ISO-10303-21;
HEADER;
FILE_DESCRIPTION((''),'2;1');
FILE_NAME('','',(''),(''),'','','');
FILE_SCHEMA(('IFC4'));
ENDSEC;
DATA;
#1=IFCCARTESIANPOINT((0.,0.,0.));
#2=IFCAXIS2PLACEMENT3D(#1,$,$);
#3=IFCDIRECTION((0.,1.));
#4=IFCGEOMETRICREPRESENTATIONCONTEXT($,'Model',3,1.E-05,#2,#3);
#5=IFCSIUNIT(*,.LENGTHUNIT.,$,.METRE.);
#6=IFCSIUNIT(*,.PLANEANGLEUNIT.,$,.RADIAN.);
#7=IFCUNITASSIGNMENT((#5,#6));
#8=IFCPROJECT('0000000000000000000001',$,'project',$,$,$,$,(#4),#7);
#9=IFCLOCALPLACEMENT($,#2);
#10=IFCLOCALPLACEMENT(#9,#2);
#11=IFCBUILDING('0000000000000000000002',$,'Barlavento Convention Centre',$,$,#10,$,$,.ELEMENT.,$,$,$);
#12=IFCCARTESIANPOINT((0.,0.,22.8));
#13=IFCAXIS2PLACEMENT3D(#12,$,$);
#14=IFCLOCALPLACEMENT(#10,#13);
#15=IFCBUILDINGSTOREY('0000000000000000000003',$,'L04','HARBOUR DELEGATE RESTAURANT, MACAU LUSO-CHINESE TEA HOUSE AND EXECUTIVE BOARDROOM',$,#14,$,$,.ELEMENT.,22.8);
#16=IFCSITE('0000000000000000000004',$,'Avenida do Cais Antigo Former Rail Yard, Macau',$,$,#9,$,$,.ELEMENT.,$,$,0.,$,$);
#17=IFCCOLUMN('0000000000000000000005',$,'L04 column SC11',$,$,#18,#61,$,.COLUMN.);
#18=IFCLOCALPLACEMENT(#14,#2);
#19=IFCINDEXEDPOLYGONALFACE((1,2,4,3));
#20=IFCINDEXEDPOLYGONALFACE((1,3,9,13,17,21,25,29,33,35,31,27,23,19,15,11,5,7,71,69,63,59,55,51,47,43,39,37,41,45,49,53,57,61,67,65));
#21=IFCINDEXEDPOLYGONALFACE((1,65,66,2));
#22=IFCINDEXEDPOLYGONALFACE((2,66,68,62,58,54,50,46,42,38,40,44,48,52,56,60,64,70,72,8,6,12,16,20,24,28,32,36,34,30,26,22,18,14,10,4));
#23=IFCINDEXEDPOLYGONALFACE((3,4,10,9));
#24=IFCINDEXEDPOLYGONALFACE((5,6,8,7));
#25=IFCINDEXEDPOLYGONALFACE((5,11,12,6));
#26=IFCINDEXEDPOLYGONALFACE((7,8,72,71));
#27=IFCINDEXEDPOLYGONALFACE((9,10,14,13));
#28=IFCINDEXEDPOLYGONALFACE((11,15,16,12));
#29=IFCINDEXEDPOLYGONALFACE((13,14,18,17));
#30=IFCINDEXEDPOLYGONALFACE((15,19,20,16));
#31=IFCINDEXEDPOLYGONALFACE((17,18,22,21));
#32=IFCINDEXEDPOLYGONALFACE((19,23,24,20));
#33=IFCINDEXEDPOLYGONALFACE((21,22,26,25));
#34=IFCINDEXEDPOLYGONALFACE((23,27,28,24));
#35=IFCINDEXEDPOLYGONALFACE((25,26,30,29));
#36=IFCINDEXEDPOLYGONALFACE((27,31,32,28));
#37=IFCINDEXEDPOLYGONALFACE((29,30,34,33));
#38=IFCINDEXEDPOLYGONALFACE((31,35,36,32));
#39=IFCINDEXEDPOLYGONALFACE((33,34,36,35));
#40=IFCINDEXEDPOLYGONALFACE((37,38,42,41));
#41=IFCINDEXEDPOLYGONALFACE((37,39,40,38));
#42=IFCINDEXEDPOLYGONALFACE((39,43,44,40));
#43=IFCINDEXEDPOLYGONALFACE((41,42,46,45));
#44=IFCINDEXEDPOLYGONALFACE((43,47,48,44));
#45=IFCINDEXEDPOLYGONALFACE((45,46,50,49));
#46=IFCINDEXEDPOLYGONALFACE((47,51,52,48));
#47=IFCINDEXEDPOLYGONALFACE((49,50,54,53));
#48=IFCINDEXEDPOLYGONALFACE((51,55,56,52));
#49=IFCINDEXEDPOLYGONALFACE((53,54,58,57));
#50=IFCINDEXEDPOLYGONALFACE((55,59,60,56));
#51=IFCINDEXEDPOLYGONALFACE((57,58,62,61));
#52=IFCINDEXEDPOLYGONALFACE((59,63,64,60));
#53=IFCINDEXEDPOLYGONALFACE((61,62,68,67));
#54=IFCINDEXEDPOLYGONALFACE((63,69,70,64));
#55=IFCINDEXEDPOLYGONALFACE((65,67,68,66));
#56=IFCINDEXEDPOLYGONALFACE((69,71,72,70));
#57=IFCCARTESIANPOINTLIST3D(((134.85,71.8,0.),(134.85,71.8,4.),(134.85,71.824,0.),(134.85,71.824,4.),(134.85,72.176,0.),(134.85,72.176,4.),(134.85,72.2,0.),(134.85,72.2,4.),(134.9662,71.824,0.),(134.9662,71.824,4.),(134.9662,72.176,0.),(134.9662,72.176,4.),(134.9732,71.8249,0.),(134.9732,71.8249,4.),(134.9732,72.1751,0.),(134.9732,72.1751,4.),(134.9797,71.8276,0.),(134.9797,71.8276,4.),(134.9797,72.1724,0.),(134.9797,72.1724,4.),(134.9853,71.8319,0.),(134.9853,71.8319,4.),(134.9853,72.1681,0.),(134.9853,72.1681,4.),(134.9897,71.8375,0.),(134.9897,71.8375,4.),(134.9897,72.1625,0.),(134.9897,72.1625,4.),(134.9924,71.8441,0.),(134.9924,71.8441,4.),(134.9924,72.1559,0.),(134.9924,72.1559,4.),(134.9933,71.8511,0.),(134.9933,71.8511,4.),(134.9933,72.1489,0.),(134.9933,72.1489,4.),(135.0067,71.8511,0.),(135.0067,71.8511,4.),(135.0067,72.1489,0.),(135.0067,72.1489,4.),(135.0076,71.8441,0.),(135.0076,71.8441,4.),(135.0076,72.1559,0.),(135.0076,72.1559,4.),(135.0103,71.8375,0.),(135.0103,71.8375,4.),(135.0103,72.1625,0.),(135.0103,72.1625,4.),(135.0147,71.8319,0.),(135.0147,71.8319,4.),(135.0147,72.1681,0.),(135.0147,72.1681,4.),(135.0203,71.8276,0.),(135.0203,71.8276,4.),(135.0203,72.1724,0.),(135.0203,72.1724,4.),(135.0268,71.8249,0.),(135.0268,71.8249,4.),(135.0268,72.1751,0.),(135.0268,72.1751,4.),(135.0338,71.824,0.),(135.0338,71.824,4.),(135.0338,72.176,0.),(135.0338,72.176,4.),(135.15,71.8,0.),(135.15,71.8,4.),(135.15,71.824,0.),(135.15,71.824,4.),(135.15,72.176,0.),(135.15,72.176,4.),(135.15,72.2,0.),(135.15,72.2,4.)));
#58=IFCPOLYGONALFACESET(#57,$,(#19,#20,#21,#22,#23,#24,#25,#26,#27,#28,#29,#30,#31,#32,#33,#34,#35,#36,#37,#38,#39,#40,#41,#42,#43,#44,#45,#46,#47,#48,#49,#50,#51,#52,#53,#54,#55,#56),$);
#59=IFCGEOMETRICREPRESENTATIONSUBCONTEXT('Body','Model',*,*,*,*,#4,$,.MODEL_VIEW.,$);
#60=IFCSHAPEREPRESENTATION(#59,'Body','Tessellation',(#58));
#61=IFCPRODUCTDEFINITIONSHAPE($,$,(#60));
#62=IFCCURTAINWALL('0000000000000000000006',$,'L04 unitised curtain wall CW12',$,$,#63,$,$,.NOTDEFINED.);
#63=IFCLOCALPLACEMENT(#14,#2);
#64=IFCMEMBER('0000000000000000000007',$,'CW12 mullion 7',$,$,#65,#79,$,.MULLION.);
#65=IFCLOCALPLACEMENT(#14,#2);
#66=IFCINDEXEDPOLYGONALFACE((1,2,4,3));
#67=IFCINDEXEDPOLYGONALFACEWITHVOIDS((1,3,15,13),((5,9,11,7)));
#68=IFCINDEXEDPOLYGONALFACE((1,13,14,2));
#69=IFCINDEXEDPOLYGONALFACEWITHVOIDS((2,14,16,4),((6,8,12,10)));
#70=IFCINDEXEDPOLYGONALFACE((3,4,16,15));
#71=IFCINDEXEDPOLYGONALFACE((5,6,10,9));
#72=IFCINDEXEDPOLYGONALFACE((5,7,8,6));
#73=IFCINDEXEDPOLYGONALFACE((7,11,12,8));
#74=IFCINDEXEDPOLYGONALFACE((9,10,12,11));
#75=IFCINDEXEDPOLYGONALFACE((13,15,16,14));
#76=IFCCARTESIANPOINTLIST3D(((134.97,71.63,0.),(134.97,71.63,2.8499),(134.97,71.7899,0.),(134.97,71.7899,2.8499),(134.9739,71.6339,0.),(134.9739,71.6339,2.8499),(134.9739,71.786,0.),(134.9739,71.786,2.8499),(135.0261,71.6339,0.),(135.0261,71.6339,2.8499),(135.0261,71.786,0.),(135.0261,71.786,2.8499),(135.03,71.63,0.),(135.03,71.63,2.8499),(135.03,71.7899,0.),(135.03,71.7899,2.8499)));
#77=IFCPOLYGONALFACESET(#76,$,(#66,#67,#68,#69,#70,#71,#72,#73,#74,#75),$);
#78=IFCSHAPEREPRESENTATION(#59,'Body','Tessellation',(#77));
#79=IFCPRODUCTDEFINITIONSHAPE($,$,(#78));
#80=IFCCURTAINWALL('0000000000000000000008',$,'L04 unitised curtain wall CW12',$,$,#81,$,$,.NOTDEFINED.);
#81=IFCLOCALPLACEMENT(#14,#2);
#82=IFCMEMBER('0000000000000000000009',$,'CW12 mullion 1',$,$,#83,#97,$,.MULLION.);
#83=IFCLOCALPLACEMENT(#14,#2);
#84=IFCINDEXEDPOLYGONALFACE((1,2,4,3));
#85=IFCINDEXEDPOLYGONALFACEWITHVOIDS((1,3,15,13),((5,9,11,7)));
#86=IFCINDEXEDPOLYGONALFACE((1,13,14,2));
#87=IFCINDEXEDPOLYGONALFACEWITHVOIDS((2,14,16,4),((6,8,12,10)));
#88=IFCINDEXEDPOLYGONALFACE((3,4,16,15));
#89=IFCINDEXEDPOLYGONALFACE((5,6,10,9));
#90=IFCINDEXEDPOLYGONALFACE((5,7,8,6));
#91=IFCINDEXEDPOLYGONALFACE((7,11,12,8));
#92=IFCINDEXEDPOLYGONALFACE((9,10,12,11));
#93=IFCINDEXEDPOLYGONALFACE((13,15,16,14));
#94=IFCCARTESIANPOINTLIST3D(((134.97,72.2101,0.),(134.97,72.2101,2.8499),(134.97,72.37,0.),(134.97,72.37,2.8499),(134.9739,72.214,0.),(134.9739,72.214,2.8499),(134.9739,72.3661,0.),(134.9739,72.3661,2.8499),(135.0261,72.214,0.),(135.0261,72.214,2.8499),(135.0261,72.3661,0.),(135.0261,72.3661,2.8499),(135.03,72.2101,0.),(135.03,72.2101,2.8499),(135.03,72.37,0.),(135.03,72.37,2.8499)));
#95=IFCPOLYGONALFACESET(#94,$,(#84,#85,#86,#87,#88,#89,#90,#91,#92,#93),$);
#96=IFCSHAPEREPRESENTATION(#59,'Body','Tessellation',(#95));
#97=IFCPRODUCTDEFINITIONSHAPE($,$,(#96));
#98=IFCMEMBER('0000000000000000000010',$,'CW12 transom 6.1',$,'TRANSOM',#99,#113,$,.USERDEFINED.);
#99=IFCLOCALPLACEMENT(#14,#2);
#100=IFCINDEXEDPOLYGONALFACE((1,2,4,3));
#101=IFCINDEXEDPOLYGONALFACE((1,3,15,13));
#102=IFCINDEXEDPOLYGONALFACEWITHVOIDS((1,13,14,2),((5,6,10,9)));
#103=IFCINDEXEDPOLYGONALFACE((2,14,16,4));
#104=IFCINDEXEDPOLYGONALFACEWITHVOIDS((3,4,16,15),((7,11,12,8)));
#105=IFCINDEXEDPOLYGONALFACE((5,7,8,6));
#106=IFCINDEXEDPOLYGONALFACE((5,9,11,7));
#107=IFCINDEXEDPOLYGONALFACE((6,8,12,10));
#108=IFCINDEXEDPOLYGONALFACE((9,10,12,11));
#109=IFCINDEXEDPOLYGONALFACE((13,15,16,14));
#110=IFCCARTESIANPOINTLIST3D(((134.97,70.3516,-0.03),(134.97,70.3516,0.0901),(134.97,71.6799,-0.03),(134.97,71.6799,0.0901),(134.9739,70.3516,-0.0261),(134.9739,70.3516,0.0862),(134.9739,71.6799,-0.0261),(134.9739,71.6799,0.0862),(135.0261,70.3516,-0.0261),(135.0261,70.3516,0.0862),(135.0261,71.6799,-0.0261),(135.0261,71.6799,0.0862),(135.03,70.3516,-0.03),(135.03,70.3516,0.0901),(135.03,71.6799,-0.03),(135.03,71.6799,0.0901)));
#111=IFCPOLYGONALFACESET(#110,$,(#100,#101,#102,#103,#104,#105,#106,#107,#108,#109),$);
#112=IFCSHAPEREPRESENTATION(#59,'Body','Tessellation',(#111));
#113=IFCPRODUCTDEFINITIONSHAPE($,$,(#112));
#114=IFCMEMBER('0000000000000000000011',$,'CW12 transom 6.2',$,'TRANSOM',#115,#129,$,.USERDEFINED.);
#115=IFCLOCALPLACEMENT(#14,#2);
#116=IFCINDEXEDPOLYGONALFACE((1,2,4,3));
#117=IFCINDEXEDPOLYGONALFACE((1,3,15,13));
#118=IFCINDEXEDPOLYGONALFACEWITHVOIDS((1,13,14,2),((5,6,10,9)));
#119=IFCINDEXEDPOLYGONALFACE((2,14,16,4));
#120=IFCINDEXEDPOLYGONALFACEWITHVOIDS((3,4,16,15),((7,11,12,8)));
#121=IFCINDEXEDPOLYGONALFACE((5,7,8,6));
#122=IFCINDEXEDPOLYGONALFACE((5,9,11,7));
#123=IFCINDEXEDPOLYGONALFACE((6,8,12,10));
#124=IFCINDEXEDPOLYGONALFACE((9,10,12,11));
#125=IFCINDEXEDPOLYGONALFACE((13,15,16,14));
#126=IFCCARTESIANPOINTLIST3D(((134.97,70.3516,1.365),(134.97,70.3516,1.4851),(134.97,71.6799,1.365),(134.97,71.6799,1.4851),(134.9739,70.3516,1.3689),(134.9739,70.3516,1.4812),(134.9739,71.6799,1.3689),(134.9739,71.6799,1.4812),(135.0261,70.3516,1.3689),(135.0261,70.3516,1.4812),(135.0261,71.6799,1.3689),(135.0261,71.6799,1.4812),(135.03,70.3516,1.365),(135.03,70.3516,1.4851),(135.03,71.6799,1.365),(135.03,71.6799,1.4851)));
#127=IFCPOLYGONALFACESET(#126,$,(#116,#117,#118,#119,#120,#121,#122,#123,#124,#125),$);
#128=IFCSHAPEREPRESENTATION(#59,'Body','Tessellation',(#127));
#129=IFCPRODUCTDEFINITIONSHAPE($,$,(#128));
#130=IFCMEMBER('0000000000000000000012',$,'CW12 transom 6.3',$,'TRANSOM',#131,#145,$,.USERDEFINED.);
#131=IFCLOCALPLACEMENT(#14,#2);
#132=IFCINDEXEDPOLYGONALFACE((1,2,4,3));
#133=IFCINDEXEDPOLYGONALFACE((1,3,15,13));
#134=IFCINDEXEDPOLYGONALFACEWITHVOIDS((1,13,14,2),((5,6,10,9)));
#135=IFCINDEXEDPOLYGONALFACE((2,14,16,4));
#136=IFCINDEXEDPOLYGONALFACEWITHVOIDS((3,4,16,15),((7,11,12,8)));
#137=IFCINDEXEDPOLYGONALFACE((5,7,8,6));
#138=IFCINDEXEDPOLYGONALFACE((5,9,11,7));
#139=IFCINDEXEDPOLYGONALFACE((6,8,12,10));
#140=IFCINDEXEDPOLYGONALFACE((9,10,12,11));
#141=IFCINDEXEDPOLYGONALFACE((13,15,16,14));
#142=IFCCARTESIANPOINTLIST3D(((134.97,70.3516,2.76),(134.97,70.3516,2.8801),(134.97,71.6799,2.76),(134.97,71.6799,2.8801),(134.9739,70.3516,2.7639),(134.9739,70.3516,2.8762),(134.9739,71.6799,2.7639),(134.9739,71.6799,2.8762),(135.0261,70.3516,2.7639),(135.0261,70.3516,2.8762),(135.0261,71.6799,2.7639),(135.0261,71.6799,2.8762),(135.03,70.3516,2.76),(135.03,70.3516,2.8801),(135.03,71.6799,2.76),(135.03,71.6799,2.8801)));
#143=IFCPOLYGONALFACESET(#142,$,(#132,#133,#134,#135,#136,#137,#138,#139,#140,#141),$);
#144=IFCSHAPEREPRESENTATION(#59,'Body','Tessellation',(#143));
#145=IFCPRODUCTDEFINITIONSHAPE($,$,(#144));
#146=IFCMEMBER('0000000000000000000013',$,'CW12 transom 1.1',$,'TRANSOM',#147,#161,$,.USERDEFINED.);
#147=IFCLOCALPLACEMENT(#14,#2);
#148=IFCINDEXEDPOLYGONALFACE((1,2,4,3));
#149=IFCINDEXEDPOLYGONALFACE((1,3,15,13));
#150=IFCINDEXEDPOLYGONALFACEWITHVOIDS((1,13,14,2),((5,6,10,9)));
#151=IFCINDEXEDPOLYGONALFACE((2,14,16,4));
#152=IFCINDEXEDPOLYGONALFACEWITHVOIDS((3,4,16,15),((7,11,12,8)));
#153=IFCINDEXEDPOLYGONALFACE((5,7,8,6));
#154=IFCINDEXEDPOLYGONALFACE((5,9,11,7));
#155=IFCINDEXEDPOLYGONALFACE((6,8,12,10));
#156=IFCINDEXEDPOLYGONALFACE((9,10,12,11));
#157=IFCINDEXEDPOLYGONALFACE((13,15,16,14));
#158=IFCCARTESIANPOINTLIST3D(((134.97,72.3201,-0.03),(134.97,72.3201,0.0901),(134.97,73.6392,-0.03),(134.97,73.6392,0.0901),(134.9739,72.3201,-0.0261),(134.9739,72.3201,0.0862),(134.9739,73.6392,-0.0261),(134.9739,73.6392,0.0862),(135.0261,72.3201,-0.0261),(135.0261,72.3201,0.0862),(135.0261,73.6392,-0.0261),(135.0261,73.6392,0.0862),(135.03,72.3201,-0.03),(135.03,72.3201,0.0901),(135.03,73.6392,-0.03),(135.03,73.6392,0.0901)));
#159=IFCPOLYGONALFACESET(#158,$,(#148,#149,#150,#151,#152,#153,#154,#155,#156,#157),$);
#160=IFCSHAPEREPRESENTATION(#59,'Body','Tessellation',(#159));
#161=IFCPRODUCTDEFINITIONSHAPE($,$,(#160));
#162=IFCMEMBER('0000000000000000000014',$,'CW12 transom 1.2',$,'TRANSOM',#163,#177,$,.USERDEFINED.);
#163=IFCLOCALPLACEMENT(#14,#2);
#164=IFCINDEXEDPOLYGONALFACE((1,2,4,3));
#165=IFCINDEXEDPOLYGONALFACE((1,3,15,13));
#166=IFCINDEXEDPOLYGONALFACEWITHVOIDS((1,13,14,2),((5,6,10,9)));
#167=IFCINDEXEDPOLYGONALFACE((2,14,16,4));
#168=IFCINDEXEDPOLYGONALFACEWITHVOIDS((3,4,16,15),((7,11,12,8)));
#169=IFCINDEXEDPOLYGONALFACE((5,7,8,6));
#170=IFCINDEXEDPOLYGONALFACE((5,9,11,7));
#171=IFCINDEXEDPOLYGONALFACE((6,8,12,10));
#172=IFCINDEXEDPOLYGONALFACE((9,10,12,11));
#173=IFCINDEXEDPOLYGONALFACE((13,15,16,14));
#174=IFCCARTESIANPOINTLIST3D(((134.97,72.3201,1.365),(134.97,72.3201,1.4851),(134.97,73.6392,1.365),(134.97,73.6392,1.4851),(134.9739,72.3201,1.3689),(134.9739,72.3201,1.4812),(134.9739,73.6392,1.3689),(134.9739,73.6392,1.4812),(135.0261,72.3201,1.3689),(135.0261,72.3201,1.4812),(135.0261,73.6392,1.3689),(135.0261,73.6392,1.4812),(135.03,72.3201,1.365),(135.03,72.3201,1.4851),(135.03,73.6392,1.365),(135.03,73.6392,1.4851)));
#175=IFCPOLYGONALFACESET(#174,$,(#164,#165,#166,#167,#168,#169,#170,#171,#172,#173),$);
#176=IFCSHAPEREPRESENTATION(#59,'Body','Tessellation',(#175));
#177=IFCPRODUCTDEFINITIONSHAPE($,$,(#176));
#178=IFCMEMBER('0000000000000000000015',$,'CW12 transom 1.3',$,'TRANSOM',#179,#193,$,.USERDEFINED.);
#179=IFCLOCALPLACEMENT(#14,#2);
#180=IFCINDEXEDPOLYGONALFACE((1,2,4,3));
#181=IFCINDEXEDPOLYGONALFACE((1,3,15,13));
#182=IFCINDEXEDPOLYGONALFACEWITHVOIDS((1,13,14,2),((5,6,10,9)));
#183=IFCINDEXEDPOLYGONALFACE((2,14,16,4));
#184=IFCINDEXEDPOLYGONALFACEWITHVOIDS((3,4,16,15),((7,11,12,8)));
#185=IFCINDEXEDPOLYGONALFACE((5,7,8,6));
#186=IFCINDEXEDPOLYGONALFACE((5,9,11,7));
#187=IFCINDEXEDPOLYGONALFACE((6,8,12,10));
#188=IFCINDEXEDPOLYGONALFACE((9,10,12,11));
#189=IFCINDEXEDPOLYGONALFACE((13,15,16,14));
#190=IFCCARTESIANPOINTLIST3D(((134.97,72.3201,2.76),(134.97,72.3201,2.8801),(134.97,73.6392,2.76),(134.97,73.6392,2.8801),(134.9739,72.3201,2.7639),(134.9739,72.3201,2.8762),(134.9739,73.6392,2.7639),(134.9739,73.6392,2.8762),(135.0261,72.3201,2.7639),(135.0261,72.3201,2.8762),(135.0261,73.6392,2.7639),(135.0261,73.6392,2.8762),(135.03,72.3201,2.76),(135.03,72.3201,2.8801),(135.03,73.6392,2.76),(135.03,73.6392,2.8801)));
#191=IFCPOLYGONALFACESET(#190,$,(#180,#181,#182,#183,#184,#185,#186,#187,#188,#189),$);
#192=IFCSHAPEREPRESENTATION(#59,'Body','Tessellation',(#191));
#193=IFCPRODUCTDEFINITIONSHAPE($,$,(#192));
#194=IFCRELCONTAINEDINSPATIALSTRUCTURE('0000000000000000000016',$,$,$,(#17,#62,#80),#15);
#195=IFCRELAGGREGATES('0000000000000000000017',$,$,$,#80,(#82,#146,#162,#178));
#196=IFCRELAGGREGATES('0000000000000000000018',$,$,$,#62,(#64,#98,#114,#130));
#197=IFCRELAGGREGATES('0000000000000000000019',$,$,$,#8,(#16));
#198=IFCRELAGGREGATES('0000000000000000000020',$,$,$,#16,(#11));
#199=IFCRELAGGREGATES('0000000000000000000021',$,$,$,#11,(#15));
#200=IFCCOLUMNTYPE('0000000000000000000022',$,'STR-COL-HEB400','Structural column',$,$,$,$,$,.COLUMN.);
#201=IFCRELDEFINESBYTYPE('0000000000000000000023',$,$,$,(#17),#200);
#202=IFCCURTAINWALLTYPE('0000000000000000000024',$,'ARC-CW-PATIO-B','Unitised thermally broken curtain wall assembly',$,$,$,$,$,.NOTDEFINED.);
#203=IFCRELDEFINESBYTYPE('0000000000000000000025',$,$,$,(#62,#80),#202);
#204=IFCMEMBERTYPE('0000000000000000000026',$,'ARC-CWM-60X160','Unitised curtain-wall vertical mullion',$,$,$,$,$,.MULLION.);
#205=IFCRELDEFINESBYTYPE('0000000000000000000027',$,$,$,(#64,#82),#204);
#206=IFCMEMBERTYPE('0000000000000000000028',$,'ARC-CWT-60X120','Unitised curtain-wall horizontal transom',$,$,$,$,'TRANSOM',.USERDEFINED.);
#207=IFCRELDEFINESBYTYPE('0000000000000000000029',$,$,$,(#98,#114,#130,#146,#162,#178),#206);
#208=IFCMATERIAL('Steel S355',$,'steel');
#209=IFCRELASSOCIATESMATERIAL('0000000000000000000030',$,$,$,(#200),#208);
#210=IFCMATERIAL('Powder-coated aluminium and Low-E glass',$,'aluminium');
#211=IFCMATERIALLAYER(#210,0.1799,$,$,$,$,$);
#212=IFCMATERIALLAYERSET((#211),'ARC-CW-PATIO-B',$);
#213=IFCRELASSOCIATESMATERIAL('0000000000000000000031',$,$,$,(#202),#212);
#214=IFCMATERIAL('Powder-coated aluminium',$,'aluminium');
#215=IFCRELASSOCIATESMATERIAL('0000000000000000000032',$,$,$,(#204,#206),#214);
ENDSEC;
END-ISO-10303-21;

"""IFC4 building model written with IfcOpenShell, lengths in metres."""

from ifc_helpers import new_model, si_unit, direction, frame, origin, origin_2d, place, context, subcontext, project, spatial, hollow_rectangle, i_section, extrude, material, layer, layer_set, material_profile, profile_set, type_object, element, aggregate, save


model = new_model("IFC4")

# Units and contexts
model_context = context("Model", 3, precision=1e-05, world=origin(), true_north=direction((0.0, 1.0)))
body_context = subcontext(model_context, "Body", "Model", "MODEL_VIEW")
ifc_project = project(units=[si_unit("LENGTHUNIT", "METRE"), si_unit("PLANEANGLEUNIT", "RADIAN")], contexts=[model_context])

# Site, building, storey
site_placement = place(None, origin())
site = spatial("IfcSite", under=ifc_project, at=site_placement, Name="Avenida do Cais Antigo Former Rail Yard, Macau", CompositionType="ELEMENT", RefElevation=0.0)
building_placement = place(site_placement, origin())
building = spatial("IfcBuilding", under=site, at=building_placement, Name="Barlavento Convention Centre", CompositionType="ELEMENT")
storey_placement = place(building_placement, frame((0.0, 0.0, 22.8)))
storey = spatial("IfcBuildingStorey", under=building, at=storey_placement, Name="L04", Description="HARBOUR DELEGATE RESTAURANT, MACAU LUSO-CHINESE TEA HOUSE AND EXECUTIVE BOARDROOM", CompositionType="ELEMENT", Elevation=22.8)

# Column
ifc_material_1 = material(Name="Steel S355", Category="steel")
ifc_material_profile_1 = material_profile(ifc_material_1, i_section(OverallWidth=0.3, OverallDepth=0.3999, WebThickness=0.0134, FlangeThickness=0.0239, FilletRadius=0.0271, at=origin_2d()), Name="HEB 400")
ifc_profile_set_1 = profile_set([ifc_material_profile_1], Name="Steel S355")
column_type = type_object("IfcColumnType", Name="STR-COL-HEB400", Description="Structural column", PredefinedType="COLUMN", material=ifc_profile_set_1)
column_placement = place(storey_placement, frame((135.0, 72.0, 0.0), z_axis=(0.0, 0.0, 1.0), x_axis=(1.0, 0.0, 0.0)))
element("IfcColumn", 1, at=column_placement, inside=storey, type_object=column_type, Name="L04 column SC11", PredefinedType="COLUMN", context=body_context, shape_type="SweptSolid", body=[
    extrude(i_section(OverallWidth=0.3, OverallDepth=0.3999, WebThickness=0.0134, FlangeThickness=0.0239, FilletRadius=0.0271, at=origin_2d()), origin(), (0.0, 0.0, 1.0), 4.0),
])

# Curtain walls, members
ifc_material_2 = material(Name="Powder-coated aluminium and Low-E glass", Category="aluminium")
ifc_layer_1 = layer(ifc_material_2, 0.1799)
ifc_layer_set_1 = layer_set([ifc_layer_1], Name="ARC-CW-PATIO-B")
curtain_wall_type = type_object("IfcCurtainWallType", Name="ARC-CW-PATIO-B", Description="Unitised thermally broken curtain wall assembly", PredefinedType="NOTDEFINED", material=ifc_layer_set_1)
curtain_wall_1_placement = place(storey_placement, origin())
curtain_wall_1 = element("IfcCurtainWall", 2, at=curtain_wall_1_placement, inside=storey, type_object=curtain_wall_type, Name="L04 unitised curtain wall CW12", PredefinedType="NOTDEFINED")
ifc_material_3 = material(Name="Powder-coated aluminium", Category="aluminium")
ifc_material_profile_2 = material_profile(ifc_material_3, hollow_rectangle(XDim=0.0601, YDim=0.1599, WallThickness=0.0039, at=origin_2d()), Name="AL-MULL 60x160x4")
ifc_profile_set_2 = profile_set([ifc_material_profile_2], Name="Powder-coated aluminium")
member_type_1 = type_object("IfcMemberType", Name="ARC-CWM-60X160", Description="Unitised curtain-wall vertical mullion", PredefinedType="MULLION", material=ifc_profile_set_2)
member_1_placement = place(storey_placement, frame((135.0, 71.71, 0.0), z_axis=(0.0, 0.0, 1.0), x_axis=(-1.0, 0.0, 0.0)))
member_1 = element("IfcMember", 3, at=member_1_placement, type_object=member_type_1, Name="CW12 mullion 7", PredefinedType="MULLION", context=body_context, shape_type="SweptSolid", body=[
    extrude(hollow_rectangle(XDim=0.0601, YDim=0.1599, WallThickness=0.0039, at=origin_2d()), origin(), (0.0, 0.0, 1.0), 2.8499),
])
curtain_wall_2_placement = place(storey_placement, origin())
curtain_wall_2 = element("IfcCurtainWall", 4, at=curtain_wall_2_placement, inside=storey, type_object=curtain_wall_type, Name="L04 unitised curtain wall CW12", PredefinedType="NOTDEFINED")
member_2_placement = place(storey_placement, frame((135.0, 72.29, 0.0), z_axis=(0.0, 0.0, 1.0), x_axis=(-1.0, 0.0, 0.0)))
member_2 = element("IfcMember", 5, at=member_2_placement, type_object=member_type_1, Name="CW12 mullion 1", PredefinedType="MULLION", context=body_context, shape_type="SweptSolid", body=[
    extrude(hollow_rectangle(XDim=0.0601, YDim=0.1599, WallThickness=0.0039, at=origin_2d()), origin(), (0.0, 0.0, 1.0), 2.8499),
])

# Members
ifc_material_profile_3 = material_profile(ifc_material_3, hollow_rectangle(XDim=0.0601, YDim=0.1201, WallThickness=0.0039, at=origin_2d()), Name="AL-TRAN 60x120x4")
ifc_profile_set_3 = profile_set([ifc_material_profile_3], Name="Powder-coated aluminium")
member_type_2 = type_object("IfcMemberType", Name="ARC-CWT-60X120", Description="Unitised curtain-wall horizontal transom", ElementType="TRANSOM", PredefinedType="USERDEFINED", material=ifc_profile_set_3)
member_3_placement = place(storey_placement, frame((135.0, 70.3516, 0.03), z_axis=(0.0, 1.0, 0.0), x_axis=(-1.0, 0.0, 0.0)))
member_3 = element("IfcMember", 6, at=member_3_placement, type_object=member_type_2, Name="CW12 transom 6.1", ObjectType="TRANSOM", PredefinedType="USERDEFINED", context=body_context, shape_type="SweptSolid", body=[
    extrude(hollow_rectangle(XDim=0.0601, YDim=0.1201, WallThickness=0.0039, at=origin_2d()), origin(), (0.0, 0.0, 1.0), 1.3284),
])
member_4_placement = place(storey_placement, frame((135.0, 70.3516, 1.425), z_axis=(0.0, 1.0, 0.0), x_axis=(-1.0, 0.0, 0.0)))
member_4 = element("IfcMember", 7, at=member_4_placement, type_object=member_type_2, Name="CW12 transom 6.2", ObjectType="TRANSOM", PredefinedType="USERDEFINED", context=body_context, shape_type="SweptSolid", body=[
    extrude(hollow_rectangle(XDim=0.0601, YDim=0.1201, WallThickness=0.0039, at=origin_2d()), origin(), (0.0, 0.0, 1.0), 1.3284),
])
member_5_placement = place(storey_placement, frame((135.0, 70.3516, 2.8201), z_axis=(0.0, 1.0, 0.0), x_axis=(-1.0, 0.0, 0.0)))
member_5 = element("IfcMember", 8, at=member_5_placement, type_object=member_type_2, Name="CW12 transom 6.3", ObjectType="TRANSOM", PredefinedType="USERDEFINED", context=body_context, shape_type="SweptSolid", body=[
    extrude(hollow_rectangle(XDim=0.0601, YDim=0.1201, WallThickness=0.0039, at=origin_2d()), origin(), (0.0, 0.0, 1.0), 1.3284),
])
member_6_placement = place(storey_placement, frame((135.0, 72.3201, 0.03), z_axis=(0.0, 1.0, 0.0), x_axis=(-1.0, 0.0, 0.0)))
member_6 = element("IfcMember", 9, at=member_6_placement, type_object=member_type_2, Name="CW12 transom 1.1", ObjectType="TRANSOM", PredefinedType="USERDEFINED", context=body_context, shape_type="SweptSolid", body=[
    extrude(hollow_rectangle(XDim=0.0601, YDim=0.1201, WallThickness=0.0039, at=origin_2d()), origin(), (0.0, 0.0, 1.0), 1.3191),
])
member_7_placement = place(storey_placement, frame((135.0, 72.3201, 1.425), z_axis=(0.0, 1.0, 0.0), x_axis=(-1.0, 0.0, 0.0)))
member_7 = element("IfcMember", 10, at=member_7_placement, type_object=member_type_2, Name="CW12 transom 1.2", ObjectType="TRANSOM", PredefinedType="USERDEFINED", context=body_context, shape_type="SweptSolid", body=[
    extrude(hollow_rectangle(XDim=0.0601, YDim=0.1201, WallThickness=0.0039, at=origin_2d()), origin(), (0.0, 0.0, 1.0), 1.3191),
])
member_8_placement = place(storey_placement, frame((135.0, 72.3201, 2.8201), z_axis=(0.0, 1.0, 0.0), x_axis=(-1.0, 0.0, 0.0)))
member_8 = element("IfcMember", 11, at=member_8_placement, type_object=member_type_2, Name="CW12 transom 1.3", ObjectType="TRANSOM", PredefinedType="USERDEFINED", context=body_context, shape_type="SweptSolid", body=[
    extrude(hollow_rectangle(XDim=0.0601, YDim=0.1201, WallThickness=0.0039, at=origin_2d()), origin(), (0.0, 0.0, 1.0), 1.3191),
])
aggregate(curtain_wall_2, [member_2, member_6, member_7, member_8])

aggregate(curtain_wall_1, [member_1, member_3, member_4, member_5])

save(model, "model.ifc")
